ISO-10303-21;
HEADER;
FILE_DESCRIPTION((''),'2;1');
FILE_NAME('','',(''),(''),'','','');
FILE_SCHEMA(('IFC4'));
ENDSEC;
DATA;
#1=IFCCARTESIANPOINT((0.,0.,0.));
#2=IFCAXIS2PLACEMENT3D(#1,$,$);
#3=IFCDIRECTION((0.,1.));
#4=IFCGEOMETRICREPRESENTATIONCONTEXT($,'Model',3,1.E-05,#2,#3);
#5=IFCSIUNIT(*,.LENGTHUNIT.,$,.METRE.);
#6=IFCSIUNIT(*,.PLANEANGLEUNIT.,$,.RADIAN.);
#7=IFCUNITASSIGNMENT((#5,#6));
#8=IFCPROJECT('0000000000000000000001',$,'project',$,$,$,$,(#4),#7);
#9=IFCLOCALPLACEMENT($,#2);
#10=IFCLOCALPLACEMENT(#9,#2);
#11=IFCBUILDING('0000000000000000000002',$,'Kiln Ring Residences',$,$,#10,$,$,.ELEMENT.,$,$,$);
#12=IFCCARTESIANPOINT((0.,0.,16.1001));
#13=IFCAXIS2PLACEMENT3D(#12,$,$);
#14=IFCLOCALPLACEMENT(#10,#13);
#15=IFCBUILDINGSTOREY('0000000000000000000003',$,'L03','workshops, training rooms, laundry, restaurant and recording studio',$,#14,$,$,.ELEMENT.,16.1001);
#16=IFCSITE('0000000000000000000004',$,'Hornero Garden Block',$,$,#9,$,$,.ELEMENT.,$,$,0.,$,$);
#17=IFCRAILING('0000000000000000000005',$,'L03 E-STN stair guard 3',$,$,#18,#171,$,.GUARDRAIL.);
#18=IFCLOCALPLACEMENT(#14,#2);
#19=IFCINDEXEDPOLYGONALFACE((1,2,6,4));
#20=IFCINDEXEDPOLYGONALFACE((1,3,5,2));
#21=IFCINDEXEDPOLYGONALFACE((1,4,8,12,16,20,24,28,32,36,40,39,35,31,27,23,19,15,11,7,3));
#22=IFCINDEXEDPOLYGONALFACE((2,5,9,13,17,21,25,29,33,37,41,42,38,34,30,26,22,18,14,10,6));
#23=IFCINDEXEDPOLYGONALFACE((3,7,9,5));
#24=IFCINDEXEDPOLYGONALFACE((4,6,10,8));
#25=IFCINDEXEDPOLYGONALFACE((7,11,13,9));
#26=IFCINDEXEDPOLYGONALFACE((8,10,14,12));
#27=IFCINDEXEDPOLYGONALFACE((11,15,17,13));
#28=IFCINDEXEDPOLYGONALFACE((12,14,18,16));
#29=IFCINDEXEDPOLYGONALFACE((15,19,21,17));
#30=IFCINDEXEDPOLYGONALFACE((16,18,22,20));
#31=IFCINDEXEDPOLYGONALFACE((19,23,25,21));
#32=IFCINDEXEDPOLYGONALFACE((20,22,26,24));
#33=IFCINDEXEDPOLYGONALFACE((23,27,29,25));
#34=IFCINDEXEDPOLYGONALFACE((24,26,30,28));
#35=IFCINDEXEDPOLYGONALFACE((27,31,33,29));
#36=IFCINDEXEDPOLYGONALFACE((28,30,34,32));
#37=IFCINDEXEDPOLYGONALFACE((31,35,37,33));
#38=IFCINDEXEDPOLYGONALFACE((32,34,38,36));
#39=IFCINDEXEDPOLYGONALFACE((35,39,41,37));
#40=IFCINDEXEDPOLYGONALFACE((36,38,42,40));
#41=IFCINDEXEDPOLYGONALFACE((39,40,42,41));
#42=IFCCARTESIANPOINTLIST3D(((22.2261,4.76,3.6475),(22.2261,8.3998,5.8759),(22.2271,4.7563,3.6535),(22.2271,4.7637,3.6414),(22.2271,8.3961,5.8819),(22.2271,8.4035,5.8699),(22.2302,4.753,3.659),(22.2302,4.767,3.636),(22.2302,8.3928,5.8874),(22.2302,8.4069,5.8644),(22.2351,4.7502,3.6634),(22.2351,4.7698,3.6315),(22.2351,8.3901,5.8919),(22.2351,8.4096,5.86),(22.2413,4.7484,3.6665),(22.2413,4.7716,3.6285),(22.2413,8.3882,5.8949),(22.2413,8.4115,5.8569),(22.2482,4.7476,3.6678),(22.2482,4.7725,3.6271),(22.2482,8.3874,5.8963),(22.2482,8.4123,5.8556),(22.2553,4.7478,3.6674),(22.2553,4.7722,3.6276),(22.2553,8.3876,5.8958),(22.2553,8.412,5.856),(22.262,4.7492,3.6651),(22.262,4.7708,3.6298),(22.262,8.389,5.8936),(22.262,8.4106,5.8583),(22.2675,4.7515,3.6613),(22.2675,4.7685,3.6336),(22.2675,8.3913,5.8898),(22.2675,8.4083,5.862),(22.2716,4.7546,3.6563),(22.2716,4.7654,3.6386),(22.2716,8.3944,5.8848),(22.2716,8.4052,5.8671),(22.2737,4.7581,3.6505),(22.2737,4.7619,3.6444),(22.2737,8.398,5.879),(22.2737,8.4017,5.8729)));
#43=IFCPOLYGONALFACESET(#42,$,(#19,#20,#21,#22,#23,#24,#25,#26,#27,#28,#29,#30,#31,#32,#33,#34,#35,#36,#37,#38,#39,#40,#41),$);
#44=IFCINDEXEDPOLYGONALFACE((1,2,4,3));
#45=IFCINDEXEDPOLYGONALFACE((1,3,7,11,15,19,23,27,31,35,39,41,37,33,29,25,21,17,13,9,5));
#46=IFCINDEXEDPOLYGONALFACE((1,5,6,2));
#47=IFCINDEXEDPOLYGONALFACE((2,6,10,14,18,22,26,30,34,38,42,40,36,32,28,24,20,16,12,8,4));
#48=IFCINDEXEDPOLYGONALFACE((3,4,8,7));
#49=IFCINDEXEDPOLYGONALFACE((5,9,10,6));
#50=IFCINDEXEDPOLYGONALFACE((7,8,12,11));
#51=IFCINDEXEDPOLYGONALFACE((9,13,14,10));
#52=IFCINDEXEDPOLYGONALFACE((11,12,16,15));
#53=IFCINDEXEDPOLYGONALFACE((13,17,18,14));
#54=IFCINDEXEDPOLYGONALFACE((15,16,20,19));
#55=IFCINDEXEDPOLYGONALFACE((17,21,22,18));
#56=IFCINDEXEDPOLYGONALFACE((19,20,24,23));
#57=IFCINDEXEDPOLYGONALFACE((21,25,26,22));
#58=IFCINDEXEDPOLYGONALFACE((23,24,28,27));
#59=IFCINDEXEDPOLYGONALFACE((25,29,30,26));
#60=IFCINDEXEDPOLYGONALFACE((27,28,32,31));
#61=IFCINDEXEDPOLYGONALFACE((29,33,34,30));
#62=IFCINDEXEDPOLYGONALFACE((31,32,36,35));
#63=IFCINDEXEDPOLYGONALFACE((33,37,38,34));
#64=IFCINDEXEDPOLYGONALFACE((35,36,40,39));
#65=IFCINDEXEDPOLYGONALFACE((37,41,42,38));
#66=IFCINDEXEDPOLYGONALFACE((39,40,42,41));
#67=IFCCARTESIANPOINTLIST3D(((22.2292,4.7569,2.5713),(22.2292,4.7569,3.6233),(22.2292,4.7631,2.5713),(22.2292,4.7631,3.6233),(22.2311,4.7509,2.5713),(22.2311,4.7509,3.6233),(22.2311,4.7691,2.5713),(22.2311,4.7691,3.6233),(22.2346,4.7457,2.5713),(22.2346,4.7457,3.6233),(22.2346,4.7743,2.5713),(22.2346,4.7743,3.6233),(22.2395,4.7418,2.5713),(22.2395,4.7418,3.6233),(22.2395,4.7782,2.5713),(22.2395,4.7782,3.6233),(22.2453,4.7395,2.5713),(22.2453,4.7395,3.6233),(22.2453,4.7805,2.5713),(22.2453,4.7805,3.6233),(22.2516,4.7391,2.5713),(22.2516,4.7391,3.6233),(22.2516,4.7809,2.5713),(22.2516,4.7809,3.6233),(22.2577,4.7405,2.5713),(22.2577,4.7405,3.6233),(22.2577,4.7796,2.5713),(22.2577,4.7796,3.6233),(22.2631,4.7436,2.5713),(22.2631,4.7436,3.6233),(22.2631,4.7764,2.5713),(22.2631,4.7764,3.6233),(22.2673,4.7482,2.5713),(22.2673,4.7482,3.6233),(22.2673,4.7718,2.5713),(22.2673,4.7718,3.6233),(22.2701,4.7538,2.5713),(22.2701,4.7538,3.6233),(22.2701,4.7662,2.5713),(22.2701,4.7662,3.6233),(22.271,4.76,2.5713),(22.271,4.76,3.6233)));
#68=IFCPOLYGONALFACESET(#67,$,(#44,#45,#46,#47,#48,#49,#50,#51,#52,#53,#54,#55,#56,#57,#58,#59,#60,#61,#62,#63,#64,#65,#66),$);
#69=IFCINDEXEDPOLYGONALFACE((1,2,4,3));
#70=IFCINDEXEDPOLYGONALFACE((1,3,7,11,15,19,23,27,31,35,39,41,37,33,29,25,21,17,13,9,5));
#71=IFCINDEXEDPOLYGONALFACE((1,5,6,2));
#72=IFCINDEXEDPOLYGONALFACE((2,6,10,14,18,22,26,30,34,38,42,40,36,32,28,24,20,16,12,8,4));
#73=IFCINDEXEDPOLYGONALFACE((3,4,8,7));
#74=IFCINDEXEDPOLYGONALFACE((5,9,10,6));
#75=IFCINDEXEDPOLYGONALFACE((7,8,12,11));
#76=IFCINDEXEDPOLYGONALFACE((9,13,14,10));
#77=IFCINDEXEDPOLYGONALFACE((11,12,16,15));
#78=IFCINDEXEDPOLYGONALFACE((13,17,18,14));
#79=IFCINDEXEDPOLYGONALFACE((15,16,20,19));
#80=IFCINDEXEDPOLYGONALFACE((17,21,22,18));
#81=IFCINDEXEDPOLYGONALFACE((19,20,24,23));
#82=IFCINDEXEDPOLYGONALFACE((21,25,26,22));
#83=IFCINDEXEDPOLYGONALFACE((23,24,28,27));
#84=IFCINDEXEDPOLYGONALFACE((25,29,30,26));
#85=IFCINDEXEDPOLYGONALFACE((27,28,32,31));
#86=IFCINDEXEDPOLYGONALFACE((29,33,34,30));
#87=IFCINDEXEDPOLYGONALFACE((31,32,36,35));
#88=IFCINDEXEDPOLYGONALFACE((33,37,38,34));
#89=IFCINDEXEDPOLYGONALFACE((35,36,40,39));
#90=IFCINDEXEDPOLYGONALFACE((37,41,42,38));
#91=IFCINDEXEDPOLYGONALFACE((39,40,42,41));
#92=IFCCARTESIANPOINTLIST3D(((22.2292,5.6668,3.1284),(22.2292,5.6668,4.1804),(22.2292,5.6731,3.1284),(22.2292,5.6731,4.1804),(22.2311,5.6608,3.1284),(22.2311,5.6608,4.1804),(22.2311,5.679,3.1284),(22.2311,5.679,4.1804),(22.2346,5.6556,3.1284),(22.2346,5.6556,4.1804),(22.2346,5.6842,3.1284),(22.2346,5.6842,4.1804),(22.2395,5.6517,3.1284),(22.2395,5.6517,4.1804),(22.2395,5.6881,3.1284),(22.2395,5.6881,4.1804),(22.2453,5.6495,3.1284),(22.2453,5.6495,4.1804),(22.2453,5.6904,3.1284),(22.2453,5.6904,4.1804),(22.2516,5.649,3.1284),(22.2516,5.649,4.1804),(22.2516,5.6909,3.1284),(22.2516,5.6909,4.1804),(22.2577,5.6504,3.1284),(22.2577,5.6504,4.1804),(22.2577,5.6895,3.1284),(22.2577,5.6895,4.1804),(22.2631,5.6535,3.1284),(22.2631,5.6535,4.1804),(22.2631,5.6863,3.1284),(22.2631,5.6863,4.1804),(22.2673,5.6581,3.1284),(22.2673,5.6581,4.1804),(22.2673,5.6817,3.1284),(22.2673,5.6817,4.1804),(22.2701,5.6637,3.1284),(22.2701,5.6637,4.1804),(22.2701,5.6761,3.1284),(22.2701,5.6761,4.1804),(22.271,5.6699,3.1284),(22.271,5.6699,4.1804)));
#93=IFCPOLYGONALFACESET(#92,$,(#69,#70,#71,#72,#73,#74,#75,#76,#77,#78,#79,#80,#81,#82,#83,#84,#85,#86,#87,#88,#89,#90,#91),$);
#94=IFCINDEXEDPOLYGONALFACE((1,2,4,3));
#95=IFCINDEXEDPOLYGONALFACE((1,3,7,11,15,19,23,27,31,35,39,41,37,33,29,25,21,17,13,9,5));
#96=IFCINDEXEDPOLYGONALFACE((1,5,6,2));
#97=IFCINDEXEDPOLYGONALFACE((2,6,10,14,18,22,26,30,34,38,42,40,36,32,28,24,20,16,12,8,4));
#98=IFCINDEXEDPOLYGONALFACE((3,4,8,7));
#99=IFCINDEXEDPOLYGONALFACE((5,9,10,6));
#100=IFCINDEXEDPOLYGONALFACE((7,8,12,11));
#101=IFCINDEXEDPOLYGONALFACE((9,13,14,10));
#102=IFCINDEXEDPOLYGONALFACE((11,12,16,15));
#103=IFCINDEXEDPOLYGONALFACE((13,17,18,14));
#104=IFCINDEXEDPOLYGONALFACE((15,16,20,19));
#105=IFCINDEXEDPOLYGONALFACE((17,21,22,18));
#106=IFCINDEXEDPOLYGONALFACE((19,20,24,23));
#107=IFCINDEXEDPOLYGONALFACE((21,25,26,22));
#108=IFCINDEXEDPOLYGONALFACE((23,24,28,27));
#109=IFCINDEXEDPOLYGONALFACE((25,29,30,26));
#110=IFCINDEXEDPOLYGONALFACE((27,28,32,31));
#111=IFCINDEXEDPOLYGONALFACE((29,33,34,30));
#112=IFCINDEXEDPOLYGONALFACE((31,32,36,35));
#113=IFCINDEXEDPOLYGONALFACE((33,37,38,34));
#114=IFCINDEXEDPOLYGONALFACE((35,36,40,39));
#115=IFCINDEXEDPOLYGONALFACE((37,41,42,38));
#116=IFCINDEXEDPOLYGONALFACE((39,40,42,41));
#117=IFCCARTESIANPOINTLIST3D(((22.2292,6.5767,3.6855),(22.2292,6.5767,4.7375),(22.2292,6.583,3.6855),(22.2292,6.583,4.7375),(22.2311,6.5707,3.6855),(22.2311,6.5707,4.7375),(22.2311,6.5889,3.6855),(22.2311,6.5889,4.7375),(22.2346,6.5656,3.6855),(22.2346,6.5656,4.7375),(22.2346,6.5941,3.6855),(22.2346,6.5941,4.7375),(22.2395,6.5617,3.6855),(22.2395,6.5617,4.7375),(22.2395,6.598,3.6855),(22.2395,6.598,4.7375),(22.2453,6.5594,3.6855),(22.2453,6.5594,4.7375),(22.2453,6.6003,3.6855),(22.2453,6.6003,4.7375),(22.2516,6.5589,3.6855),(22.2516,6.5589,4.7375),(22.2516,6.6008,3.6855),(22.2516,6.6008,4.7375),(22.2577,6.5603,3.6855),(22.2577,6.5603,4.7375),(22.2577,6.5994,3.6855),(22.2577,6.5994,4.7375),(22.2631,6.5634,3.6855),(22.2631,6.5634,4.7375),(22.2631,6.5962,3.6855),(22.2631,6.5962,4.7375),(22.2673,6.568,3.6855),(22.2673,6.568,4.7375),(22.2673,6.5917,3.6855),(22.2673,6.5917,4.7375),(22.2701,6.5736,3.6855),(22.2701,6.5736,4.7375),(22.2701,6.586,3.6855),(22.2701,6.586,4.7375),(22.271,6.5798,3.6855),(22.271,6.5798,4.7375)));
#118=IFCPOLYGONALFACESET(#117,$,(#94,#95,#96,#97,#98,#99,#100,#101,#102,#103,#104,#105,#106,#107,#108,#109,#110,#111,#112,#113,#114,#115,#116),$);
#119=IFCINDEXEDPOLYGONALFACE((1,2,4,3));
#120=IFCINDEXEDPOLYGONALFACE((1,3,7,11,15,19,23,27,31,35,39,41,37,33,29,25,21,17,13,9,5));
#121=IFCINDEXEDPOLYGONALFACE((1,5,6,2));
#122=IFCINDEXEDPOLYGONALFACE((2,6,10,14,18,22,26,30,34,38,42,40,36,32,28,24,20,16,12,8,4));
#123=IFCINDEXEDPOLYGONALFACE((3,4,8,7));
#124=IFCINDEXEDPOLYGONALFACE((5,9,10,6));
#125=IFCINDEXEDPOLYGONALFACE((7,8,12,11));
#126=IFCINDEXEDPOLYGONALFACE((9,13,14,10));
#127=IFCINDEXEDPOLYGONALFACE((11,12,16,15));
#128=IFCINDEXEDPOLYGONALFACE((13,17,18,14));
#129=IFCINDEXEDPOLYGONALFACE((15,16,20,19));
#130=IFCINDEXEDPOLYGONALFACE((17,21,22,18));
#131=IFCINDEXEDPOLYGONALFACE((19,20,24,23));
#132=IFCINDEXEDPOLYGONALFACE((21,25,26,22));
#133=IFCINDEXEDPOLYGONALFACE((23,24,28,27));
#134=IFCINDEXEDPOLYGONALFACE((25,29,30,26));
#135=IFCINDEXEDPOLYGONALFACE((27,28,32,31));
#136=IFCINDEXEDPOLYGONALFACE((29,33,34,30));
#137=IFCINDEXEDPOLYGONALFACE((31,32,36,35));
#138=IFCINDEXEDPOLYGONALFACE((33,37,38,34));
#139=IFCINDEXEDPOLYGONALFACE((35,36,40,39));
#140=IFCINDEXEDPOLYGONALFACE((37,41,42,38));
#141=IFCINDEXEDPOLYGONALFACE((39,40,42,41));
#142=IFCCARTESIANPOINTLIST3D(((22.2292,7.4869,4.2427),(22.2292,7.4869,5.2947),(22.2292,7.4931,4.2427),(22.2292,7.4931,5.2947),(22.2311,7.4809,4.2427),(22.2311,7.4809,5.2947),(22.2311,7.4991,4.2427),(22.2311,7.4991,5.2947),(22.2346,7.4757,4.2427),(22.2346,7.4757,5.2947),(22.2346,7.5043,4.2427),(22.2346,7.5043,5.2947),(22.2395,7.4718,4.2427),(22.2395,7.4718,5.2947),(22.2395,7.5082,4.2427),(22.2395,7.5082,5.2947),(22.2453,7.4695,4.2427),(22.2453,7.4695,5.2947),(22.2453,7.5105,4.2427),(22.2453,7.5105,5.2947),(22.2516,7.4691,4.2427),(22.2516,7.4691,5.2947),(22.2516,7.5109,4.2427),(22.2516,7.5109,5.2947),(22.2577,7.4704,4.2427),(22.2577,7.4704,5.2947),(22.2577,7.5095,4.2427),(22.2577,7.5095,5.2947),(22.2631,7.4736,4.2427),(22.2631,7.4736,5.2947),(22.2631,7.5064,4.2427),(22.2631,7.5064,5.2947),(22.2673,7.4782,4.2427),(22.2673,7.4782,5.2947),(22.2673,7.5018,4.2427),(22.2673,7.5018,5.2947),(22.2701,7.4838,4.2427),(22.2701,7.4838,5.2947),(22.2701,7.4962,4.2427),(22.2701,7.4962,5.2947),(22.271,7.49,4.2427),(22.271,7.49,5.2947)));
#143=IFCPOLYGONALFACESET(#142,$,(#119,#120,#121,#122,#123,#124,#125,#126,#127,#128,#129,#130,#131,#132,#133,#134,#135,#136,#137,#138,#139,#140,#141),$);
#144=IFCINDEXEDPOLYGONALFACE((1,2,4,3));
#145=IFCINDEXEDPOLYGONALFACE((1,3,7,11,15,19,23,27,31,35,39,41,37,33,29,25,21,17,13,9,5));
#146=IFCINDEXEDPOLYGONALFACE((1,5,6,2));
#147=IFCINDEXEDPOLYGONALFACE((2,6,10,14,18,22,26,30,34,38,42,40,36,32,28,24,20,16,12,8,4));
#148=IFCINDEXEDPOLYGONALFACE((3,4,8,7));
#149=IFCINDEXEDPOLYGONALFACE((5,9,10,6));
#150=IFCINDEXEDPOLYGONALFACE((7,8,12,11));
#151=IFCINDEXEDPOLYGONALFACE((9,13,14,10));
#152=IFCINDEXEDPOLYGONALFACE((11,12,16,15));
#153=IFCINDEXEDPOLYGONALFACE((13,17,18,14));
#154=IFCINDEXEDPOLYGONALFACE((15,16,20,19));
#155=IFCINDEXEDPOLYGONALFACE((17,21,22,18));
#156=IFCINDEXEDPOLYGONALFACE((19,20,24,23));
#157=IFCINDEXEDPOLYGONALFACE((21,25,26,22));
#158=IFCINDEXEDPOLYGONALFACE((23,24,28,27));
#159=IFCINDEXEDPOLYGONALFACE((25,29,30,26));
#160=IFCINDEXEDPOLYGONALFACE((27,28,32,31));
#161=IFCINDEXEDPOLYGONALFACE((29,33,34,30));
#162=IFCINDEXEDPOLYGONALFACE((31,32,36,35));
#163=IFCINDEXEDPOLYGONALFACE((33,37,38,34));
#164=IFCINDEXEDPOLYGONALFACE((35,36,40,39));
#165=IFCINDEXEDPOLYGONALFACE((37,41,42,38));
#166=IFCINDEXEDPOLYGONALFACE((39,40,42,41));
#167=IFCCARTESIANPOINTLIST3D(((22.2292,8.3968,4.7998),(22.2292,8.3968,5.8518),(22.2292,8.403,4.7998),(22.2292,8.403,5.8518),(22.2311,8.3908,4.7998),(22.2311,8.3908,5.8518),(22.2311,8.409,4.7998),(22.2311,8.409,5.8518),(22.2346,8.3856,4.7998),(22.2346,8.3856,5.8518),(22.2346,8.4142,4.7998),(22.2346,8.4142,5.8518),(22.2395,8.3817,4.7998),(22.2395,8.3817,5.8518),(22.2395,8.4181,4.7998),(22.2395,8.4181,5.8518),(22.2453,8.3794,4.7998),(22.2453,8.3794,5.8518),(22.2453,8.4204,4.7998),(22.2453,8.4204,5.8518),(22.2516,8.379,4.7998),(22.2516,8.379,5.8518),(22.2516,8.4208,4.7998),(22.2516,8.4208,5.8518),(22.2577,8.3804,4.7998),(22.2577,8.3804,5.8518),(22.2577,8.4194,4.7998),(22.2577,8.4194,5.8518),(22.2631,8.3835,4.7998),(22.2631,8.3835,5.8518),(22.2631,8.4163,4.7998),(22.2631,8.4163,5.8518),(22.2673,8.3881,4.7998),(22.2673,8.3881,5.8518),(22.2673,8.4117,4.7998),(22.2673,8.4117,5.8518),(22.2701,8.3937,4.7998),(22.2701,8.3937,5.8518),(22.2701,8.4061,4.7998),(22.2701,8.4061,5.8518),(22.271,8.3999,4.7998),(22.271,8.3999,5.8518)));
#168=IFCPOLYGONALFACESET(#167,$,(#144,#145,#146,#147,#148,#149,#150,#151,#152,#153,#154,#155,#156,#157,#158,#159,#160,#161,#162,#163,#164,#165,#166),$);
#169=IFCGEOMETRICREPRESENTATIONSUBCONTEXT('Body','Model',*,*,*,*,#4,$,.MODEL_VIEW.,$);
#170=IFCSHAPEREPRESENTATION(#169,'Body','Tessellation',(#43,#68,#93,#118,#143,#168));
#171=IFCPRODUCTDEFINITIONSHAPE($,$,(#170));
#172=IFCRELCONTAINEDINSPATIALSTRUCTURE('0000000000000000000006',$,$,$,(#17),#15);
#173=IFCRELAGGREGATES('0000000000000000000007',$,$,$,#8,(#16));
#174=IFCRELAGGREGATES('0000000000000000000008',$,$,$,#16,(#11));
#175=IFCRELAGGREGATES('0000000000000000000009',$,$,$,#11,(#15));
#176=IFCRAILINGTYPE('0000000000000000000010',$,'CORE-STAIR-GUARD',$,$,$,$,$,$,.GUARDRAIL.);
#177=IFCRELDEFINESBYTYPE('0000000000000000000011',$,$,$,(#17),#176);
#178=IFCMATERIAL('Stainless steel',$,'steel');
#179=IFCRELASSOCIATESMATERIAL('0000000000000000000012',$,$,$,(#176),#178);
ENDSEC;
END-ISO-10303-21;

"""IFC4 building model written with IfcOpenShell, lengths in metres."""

from ifc_helpers import new_model, si_unit, direction, frame, origin, origin_2d, place, context, subcontext, project, spatial, circle, extrude, material, type_object, element, save


model = new_model("IFC4")

# Units and contexts
model_context = context("Model", 3, precision=1e-05, world=origin(), true_north=direction((0.0, 1.0)))
body_context = subcontext(model_context, "Body", "Model", "MODEL_VIEW")
ifc_project = project(units=[si_unit("LENGTHUNIT", "METRE"), si_unit("PLANEANGLEUNIT", "RADIAN")], contexts=[model_context])

# Site, building, storey
site_placement = place(None, origin())
site = spatial("IfcSite", under=ifc_project, at=site_placement, Name="Hornero Garden Block", CompositionType="ELEMENT", RefElevation=0.0)
building_placement = place(site_placement, origin())
building = spatial("IfcBuilding", under=site, at=building_placement, Name="Kiln Ring Residences", CompositionType="ELEMENT")
storey_placement = place(building_placement, frame((0.0, 0.0, 16.1001)))
storey = spatial("IfcBuildingStorey", under=building, at=storey_placement, Name="L03", Description="workshops, training rooms, laundry, restaurant and recording studio", CompositionType="ELEMENT", Elevation=16.1001)

# Railing
ifc_material_1 = material(Name="Stainless steel", Category="steel")
railing_type_1 = type_object("IfcRailingType", Name="CORE-STAIR-GUARD", PredefinedType="GUARDRAIL", material=ifc_material_1)
railing_1_placement = place(storey_placement, frame((22.25, 4.76, 2.5713)))
element("IfcRailing", 1, at=railing_1_placement, inside=storey, type_object=railing_type_1, Name="L03 E-STN stair guard 3", PredefinedType="GUARDRAIL", context=body_context, shape_type="SweptSolid", body=[
    extrude(circle(Radius=0.0239, at=origin_2d()), frame((0.0, 0.0, 1.0762), z_axis=(0.0, 0.85285, 0.522156), x_axis=(-1.0, 0.0, 0.0)), (0.0, 0.0, 1.0), 4.2678),
    extrude(circle(Radius=0.021, at=origin_2d()), origin(), (0.0, 0.0, 1.0), 1.052),
    extrude(circle(Radius=0.021, at=origin_2d()), frame((0.0, 0.9099, 0.5571)), (0.0, 0.0, 1.0), 1.052),
    extrude(circle(Radius=0.021, at=origin_2d()), frame((0.0, 1.8198, 1.1143)), (0.0, 0.0, 1.0), 1.052),
    extrude(circle(Radius=0.021, at=origin_2d()), frame((0.0, 2.73, 1.6714)), (0.0, 0.0, 1.0), 1.052),
    extrude(circle(Radius=0.021, at=origin_2d()), frame((0.0, 3.6399, 2.2285)), (0.0, 0.0, 1.0), 1.052),
])

save(model, "model.ifc")
